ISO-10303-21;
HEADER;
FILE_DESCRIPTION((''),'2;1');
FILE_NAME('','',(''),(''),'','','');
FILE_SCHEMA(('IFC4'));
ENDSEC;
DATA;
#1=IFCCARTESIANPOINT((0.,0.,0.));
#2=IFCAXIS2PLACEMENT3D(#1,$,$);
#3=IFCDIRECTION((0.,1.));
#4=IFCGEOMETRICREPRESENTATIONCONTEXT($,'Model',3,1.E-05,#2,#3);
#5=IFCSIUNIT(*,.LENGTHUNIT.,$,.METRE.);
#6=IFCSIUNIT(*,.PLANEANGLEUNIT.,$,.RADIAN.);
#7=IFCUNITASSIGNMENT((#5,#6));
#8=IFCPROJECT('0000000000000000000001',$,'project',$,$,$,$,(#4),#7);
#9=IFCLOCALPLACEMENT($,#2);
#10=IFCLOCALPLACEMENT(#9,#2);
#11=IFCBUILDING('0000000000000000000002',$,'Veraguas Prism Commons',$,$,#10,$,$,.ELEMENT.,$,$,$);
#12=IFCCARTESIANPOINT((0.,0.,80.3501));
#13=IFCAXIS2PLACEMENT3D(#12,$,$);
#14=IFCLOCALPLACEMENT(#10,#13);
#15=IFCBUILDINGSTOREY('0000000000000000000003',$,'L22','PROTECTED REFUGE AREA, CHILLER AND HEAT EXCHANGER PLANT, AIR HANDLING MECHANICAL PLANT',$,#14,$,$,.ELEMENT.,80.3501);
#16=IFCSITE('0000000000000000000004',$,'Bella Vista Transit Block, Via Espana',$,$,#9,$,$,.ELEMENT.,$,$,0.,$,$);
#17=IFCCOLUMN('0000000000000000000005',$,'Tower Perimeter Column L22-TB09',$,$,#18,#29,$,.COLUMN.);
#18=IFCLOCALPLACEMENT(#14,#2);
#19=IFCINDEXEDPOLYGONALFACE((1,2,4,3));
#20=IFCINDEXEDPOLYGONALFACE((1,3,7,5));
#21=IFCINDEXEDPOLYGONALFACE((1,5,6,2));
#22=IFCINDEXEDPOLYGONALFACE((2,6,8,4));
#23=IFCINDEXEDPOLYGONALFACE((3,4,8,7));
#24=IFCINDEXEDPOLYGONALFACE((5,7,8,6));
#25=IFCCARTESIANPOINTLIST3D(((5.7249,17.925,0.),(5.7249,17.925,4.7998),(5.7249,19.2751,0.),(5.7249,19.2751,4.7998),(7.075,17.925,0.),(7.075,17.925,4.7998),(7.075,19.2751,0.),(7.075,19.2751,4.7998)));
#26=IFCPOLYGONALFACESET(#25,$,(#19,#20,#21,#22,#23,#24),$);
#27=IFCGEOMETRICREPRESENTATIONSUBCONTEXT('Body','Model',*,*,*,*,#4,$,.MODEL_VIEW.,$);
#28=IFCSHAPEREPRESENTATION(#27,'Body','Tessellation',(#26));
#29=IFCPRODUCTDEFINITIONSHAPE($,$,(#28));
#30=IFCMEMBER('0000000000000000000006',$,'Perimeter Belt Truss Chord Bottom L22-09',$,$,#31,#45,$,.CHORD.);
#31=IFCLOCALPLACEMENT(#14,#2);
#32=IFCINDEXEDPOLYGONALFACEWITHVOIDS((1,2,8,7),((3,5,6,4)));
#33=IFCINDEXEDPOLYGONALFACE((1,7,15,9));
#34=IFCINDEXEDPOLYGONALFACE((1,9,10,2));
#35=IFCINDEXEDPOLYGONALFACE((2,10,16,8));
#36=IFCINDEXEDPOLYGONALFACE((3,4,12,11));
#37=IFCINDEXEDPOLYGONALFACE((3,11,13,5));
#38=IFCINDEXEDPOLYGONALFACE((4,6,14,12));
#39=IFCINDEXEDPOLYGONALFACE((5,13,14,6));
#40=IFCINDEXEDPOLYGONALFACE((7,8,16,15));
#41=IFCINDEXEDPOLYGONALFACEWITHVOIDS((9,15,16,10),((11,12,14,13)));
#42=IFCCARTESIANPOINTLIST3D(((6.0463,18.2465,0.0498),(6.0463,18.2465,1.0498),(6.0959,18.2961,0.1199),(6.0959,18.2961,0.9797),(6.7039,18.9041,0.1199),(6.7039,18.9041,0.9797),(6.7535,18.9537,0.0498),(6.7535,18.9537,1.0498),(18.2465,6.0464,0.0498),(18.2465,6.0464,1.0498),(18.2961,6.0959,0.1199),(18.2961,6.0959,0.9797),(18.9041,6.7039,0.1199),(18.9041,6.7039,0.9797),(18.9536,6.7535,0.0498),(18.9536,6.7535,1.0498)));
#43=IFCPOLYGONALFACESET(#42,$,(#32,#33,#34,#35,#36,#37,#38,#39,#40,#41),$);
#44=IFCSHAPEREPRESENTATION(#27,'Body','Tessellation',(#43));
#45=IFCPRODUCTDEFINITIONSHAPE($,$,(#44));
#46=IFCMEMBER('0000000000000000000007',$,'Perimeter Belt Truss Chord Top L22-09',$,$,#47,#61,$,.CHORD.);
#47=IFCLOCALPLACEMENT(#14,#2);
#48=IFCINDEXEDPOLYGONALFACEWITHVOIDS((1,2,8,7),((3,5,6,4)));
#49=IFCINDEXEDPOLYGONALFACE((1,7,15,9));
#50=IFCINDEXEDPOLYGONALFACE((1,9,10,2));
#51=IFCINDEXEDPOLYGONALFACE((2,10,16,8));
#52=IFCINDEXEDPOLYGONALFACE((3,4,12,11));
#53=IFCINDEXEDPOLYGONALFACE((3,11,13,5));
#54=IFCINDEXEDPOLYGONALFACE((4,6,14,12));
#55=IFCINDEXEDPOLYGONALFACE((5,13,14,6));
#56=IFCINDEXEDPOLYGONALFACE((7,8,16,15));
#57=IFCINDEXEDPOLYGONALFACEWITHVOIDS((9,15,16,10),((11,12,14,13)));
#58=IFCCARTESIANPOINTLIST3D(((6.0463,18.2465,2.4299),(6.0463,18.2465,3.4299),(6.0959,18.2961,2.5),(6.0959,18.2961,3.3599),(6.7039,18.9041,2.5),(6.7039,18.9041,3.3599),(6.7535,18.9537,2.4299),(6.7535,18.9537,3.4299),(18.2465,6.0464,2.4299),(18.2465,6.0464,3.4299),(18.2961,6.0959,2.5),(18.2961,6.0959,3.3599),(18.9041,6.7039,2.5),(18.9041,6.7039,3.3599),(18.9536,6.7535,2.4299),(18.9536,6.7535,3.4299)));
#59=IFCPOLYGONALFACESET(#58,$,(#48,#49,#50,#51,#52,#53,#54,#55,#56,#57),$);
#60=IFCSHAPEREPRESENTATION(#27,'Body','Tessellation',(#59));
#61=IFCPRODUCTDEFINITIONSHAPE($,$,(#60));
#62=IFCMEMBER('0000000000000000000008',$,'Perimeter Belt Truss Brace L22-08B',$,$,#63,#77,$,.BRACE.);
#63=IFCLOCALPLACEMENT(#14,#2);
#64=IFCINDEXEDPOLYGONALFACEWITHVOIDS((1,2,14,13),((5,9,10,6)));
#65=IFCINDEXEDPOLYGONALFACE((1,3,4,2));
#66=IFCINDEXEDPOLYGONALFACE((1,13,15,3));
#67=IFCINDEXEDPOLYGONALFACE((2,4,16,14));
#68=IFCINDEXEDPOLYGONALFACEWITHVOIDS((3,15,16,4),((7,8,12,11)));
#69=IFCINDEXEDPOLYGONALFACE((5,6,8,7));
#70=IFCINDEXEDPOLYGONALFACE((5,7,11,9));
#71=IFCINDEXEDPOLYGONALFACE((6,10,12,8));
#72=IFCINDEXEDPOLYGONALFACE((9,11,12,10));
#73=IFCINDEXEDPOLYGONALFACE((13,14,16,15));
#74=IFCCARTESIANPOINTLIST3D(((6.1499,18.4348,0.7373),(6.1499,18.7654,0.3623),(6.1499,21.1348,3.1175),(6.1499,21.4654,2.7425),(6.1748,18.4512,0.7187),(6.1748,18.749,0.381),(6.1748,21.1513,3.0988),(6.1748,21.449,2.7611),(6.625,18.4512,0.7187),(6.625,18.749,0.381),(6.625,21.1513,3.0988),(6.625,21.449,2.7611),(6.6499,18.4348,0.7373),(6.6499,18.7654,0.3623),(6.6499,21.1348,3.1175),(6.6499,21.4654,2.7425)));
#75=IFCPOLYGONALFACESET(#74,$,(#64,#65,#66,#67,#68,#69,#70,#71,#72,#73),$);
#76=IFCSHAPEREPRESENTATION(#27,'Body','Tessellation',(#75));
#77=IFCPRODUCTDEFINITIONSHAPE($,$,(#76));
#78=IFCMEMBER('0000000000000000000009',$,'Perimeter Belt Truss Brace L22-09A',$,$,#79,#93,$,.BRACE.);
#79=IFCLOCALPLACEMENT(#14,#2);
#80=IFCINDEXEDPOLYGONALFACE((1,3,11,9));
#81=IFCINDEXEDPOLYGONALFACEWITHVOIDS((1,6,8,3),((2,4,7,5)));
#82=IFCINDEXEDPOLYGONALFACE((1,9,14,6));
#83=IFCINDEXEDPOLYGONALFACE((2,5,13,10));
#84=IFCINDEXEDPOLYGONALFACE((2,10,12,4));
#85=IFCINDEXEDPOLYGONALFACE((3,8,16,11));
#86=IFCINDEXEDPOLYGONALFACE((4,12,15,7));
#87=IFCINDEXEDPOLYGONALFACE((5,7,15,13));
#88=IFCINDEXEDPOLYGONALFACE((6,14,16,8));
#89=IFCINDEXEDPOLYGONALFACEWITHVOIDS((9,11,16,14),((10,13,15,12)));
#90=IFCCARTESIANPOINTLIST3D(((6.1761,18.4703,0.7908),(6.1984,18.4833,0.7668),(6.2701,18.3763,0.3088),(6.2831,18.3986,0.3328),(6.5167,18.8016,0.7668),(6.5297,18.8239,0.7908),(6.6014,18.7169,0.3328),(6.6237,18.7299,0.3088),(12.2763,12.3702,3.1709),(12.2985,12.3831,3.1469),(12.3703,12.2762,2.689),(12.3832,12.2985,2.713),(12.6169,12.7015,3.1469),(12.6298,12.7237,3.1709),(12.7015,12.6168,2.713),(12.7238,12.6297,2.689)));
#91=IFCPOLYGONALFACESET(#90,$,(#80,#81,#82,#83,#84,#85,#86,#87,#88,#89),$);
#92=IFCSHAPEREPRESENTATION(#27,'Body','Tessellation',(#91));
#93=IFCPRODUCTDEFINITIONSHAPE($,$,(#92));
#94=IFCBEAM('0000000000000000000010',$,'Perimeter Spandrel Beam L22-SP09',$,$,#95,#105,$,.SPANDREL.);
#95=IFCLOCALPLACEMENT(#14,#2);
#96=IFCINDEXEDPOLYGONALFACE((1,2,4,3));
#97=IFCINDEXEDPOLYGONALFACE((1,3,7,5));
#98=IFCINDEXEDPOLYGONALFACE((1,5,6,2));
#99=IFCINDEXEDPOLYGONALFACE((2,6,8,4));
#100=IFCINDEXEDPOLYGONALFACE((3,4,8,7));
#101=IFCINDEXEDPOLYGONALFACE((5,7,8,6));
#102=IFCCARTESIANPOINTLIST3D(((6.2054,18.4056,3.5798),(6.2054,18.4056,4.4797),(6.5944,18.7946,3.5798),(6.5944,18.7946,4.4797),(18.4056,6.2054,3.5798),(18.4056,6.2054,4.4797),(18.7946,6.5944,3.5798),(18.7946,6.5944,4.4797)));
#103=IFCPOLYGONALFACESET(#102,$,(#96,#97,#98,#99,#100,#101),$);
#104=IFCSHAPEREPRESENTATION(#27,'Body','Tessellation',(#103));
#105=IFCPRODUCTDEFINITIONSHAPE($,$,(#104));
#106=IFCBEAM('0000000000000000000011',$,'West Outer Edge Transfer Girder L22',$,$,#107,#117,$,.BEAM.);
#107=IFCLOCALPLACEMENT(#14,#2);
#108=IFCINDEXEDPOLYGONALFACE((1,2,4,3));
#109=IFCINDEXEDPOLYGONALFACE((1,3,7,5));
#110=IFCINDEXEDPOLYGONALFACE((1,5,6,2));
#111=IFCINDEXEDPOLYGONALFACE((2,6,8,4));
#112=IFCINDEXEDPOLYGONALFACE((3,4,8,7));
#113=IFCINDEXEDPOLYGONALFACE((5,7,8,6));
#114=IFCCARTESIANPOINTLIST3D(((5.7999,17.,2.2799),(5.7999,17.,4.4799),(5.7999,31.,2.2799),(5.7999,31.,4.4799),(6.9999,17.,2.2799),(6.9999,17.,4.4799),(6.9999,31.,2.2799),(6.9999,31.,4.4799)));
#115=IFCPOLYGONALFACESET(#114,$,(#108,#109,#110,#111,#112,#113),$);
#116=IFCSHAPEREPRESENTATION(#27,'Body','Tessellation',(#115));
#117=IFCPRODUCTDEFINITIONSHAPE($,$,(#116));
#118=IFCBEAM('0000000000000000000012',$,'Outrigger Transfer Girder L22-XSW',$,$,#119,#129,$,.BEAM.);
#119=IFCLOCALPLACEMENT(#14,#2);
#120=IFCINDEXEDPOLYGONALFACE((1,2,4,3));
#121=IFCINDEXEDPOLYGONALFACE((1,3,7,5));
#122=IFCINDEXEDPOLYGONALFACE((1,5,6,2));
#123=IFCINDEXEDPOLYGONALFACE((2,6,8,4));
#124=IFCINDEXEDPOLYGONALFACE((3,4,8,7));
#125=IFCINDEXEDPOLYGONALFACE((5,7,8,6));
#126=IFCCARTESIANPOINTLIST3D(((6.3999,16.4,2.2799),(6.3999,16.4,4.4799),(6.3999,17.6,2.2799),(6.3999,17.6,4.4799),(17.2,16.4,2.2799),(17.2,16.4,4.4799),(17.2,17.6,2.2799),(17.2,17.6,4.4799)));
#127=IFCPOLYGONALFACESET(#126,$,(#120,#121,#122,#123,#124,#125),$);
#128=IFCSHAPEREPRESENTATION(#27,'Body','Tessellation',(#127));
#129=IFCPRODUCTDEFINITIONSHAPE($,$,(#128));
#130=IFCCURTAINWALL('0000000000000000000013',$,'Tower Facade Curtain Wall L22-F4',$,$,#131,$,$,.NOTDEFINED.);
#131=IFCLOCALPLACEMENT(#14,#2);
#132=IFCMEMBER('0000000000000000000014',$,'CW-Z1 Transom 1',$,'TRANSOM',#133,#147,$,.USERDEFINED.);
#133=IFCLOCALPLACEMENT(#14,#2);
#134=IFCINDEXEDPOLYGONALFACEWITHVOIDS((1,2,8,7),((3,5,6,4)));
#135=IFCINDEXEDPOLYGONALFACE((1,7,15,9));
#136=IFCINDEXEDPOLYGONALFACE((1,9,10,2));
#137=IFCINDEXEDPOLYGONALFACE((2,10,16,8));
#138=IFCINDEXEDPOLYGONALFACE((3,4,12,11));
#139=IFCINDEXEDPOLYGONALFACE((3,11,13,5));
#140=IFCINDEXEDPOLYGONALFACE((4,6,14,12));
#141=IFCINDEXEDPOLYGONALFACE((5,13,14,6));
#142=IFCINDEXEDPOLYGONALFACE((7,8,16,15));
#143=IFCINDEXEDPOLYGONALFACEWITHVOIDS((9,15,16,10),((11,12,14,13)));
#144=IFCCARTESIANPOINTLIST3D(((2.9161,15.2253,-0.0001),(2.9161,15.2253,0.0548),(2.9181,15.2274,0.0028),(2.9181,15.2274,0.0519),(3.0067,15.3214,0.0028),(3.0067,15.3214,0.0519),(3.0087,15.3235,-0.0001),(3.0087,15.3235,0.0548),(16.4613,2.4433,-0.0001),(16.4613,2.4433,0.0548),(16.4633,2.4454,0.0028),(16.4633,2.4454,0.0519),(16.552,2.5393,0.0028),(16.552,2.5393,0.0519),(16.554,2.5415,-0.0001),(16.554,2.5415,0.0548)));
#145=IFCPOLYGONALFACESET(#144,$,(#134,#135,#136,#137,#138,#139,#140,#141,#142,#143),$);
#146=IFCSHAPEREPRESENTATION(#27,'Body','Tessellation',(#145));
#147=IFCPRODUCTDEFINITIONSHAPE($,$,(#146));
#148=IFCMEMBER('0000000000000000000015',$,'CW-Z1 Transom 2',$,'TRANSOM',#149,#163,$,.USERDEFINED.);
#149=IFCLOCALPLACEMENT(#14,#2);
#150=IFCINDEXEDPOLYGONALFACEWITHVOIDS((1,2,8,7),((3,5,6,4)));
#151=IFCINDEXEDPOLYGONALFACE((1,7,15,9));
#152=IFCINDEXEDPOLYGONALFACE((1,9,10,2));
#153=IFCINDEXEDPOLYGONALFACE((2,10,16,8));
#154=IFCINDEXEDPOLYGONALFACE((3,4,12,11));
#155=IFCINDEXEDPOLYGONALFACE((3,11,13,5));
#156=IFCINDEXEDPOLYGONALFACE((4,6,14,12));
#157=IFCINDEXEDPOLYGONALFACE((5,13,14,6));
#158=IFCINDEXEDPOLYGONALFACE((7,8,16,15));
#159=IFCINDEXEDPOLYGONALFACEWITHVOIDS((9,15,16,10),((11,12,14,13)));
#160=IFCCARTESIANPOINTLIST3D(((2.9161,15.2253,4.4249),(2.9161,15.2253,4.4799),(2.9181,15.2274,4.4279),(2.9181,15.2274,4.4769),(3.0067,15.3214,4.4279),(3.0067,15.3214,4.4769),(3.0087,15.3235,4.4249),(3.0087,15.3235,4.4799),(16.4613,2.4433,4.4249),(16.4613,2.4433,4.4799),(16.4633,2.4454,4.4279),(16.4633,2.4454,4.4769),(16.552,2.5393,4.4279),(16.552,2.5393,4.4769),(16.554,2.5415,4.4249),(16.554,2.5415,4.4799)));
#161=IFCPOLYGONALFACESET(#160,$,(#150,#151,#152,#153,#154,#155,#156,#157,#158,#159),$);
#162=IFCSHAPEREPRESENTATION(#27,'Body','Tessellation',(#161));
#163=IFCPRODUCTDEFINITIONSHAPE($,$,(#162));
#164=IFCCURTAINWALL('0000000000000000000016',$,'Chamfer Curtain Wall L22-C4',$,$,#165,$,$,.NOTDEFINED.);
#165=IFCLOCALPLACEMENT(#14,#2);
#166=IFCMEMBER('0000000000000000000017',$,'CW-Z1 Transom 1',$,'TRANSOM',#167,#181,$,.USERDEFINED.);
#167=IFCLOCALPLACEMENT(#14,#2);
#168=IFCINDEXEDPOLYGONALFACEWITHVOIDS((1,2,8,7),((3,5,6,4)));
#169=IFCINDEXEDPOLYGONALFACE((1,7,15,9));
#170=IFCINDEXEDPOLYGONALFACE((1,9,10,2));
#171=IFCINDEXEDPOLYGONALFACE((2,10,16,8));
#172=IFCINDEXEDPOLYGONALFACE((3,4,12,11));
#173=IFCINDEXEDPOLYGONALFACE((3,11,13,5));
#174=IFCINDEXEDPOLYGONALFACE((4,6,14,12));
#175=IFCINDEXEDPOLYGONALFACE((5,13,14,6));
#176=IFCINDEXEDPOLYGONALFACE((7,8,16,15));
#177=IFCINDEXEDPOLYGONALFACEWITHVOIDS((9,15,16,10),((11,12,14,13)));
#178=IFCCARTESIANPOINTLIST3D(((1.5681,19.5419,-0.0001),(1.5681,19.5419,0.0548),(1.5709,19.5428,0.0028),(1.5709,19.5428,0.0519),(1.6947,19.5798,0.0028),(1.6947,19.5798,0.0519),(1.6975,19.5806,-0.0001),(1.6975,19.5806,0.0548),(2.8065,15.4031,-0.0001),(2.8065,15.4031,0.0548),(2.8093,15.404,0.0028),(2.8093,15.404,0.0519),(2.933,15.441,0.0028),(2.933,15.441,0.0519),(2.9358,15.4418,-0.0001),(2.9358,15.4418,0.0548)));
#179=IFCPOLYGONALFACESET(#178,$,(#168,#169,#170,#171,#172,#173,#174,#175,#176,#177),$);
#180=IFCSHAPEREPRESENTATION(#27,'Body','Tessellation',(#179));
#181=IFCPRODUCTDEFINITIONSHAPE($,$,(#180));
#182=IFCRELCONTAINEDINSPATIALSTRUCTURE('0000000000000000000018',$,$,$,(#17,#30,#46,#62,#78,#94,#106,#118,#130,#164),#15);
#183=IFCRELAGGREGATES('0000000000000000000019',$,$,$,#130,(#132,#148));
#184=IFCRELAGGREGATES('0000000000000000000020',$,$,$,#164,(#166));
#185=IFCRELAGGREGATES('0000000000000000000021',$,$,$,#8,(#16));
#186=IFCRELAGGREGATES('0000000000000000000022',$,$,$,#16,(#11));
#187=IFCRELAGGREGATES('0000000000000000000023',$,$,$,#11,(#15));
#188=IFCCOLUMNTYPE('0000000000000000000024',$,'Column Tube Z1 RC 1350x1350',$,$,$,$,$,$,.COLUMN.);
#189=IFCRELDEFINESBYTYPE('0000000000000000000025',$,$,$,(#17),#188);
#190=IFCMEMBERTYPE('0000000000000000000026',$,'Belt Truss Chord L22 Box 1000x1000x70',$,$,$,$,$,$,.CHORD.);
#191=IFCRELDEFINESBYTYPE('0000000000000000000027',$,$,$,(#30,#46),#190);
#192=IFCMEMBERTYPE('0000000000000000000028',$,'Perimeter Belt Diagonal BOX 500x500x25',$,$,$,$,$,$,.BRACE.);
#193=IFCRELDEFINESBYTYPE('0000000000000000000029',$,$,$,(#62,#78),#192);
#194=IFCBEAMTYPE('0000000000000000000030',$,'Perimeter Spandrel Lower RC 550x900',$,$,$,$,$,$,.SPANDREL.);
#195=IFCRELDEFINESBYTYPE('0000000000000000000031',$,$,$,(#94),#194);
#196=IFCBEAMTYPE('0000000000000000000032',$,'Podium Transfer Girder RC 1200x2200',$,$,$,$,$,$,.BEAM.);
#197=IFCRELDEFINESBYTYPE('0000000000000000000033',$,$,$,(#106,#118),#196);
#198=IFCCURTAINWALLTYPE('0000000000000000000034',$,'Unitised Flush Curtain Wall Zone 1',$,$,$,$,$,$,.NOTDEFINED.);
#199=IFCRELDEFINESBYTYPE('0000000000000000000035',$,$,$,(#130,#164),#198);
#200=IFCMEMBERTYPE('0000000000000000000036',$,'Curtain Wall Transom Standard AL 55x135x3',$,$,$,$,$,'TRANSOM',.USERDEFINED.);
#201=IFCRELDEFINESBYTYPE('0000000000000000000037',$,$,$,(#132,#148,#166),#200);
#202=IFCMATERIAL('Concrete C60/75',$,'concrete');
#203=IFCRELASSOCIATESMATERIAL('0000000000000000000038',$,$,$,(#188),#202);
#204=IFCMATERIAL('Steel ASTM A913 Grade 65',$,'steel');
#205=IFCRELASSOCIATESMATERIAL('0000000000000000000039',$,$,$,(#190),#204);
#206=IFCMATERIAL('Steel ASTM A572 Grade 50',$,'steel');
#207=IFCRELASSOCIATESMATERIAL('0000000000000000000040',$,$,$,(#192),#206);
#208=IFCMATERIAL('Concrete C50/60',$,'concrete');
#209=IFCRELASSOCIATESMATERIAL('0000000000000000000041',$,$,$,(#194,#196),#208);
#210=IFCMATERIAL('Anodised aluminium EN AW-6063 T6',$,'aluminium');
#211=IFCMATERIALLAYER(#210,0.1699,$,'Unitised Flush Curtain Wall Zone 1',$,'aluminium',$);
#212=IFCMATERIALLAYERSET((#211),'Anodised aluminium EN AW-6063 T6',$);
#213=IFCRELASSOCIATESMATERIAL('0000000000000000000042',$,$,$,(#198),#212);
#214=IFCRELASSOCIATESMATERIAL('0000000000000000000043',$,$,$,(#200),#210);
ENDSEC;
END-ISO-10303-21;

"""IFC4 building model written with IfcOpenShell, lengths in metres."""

from ifc_helpers import new_model, si_unit, direction, frame, origin, origin_2d, place, context, subcontext, project, spatial, rectangle, hollow_rectangle, extrude, source, transform, mapped, material, layer, layer_set, material_profile, profile_set, type_object, element, aggregate, save


model = new_model("IFC4")

# Units and contexts
model_context = context("Model", 3, precision=1e-05, world=origin(), true_north=direction((0.0, 1.0)))
body_context = subcontext(model_context, "Body", "Model", "MODEL_VIEW")
ifc_project = project(units=[si_unit("LENGTHUNIT", "METRE"), si_unit("PLANEANGLEUNIT", "RADIAN")], contexts=[model_context])

# Site, building, storey
site_placement = place(None, origin())
site = spatial("IfcSite", under=ifc_project, at=site_placement, Name="Bella Vista Transit Block, Via Espana", CompositionType="ELEMENT", RefElevation=0.0)
building_placement = place(site_placement, origin())
building = spatial("IfcBuilding", under=site, at=building_placement, Name="Veraguas Prism Commons", CompositionType="ELEMENT")
storey_placement = place(building_placement, frame((0.0, 0.0, 80.3501)))
storey = spatial("IfcBuildingStorey", under=building, at=storey_placement, Name="L22", Description="PROTECTED REFUGE AREA, CHILLER AND HEAT EXCHANGER PLANT, AIR HANDLING MECHANICAL PLANT", CompositionType="ELEMENT", Elevation=80.3501)

# Column
ifc_material_1 = material(Name="Concrete C60/75", Category="concrete")
ifc_material_profile_1 = material_profile(ifc_material_1, rectangle(XDim=1.3501, YDim=1.3501, at=origin_2d()), Name="RC1350X1350")
ifc_profile_set_1 = profile_set([ifc_material_profile_1], Name="Concrete C60/75")
column_type = type_object("IfcColumnType", Name="Column Tube Z1 RC 1350x1350", PredefinedType="COLUMN", material=ifc_profile_set_1)
column_placement = place(storey_placement, frame((6.3999, 18.6001, 0.0), z_axis=(0.0, 0.0, 1.0), x_axis=(1.0, 0.0, 0.0)))
element("IfcColumn", 1, at=column_placement, inside=storey, type_object=column_type, Name="Tower Perimeter Column L22-TB09", PredefinedType="COLUMN", context=body_context, shape_type="SweptSolid", body=[
    extrude(rectangle(XDim=1.3501, YDim=1.3501, at=origin_2d()), origin(), (0.0, 0.0, 1.0), 4.7998),
])

# Members
ifc_material_2 = material(Name="Steel ASTM A913 Grade 65", Category="steel")
ifc_material_profile_2 = material_profile(ifc_material_2, hollow_rectangle(XDim=1.0, YDim=1.0, WallThickness=0.0701, at=origin_2d()), Name="BOX1000X1000X70")
ifc_profile_set_2 = profile_set([ifc_material_profile_2], Name="Steel ASTM A913 Grade 65")
member_type_1 = type_object("IfcMemberType", Name="Belt Truss Chord L22 Box 1000x1000x70", PredefinedType="CHORD", material=ifc_profile_set_2)
for number, where, z_axis, x_axis, name in (
    (2, (6.3999, 18.6001, 0.5498), (0.707107, -0.707107, 0.0), (0.707107, 0.707107, 0.0), "Perimeter Belt Truss Chord Bottom L22-09"),
    (3, (6.3999, 18.6001, 2.9299), (0.707107, -0.707107, 0.0), (0.707107, 0.707107, 0.0), "Perimeter Belt Truss Chord Top L22-09"),
):
    element("IfcMember", number, at=place(storey_placement, frame(where, z_axis=z_axis, x_axis=x_axis)), inside=storey, type_object=member_type_1, Name=name, PredefinedType="CHORD", context=body_context, shape_type="SweptSolid", body=[
        extrude(hollow_rectangle(XDim=1.0, YDim=1.0, WallThickness=0.0701, at=origin_2d()), origin(), (0.0, 0.0, 1.0), 17.2537),
    ])
ifc_material_3 = material(Name="Steel ASTM A572 Grade 50", Category="steel")
ifc_material_profile_3 = material_profile(ifc_material_3, hollow_rectangle(XDim=0.5, YDim=0.5, WallThickness=0.0249, at=origin_2d()), Name="BOX500X500X25")
ifc_profile_set_3 = profile_set([ifc_material_profile_3], Name="Steel ASTM A572 Grade 50")
member_type_2 = type_object("IfcMemberType", Name="Perimeter Belt Diagonal BOX 500x500x25", PredefinedType="BRACE", material=ifc_profile_set_3)
member_1_placement = place(storey_placement, frame((6.3999, 18.6001, 0.5498), z_axis=(0.0, 0.750139, 0.661281), x_axis=(-1.0, 0.0, 0.0)))
element("IfcMember", 4, at=member_1_placement, inside=storey, type_object=member_type_2, Name="Perimeter Belt Truss Brace L22-08B", PredefinedType="BRACE", context=body_context, shape_type="SweptSolid", body=[
    extrude(hollow_rectangle(XDim=0.5, YDim=0.5, WallThickness=0.0249, at=origin_2d()), origin(), (0.0, 0.0, 1.0), 3.5994),
])
member_2_placement = place(storey_placement, frame((6.3999, 18.6001, 0.5498), z_axis=(0.681639, -0.681639, 0.265961), x_axis=(0.707107, 0.707107, 0.0)))
element("IfcMember", 5, at=member_2_placement, inside=storey, type_object=member_type_2, Name="Perimeter Belt Truss Brace L22-09A", PredefinedType="BRACE", context=body_context, shape_type="SweptSolid", body=[
    extrude(hollow_rectangle(XDim=0.5, YDim=0.5, WallThickness=0.0249, at=origin_2d()), origin(), (0.0, 0.0, 1.0), 8.9492),
])

# Beams
ifc_material_4 = material(Name="Concrete C50/60", Category="concrete")
ifc_material_profile_4 = material_profile(ifc_material_4, rectangle(XDim=0.55, YDim=0.8999, at=origin_2d()), Name="RC550X900")
ifc_profile_set_4 = profile_set([ifc_material_profile_4], Name="Concrete C50/60")
beam_type_1 = type_object("IfcBeamType", Name="Perimeter Spandrel Lower RC 550x900", PredefinedType="SPANDREL", material=ifc_profile_set_4)
beam_1_placement = place(storey_placement, frame((6.3999, 18.6001, 4.0298), z_axis=(0.707107, -0.707107, 0.0), x_axis=(0.707107, 0.707107, 0.0)))
element("IfcBeam", 6, at=beam_1_placement, inside=storey, type_object=beam_type_1, Name="Perimeter Spandrel Beam L22-SP09", PredefinedType="SPANDREL", context=body_context, shape_type="SweptSolid", body=[
    extrude(rectangle(XDim=0.55, YDim=0.8999, at=origin_2d()), origin(), (0.0, 0.0, 1.0), 17.2537),
])
ifc_material_profile_5 = material_profile(ifc_material_4, rectangle(XDim=1.2, YDim=2.2, at=origin_2d()), Name="RC1200X2200")
ifc_profile_set_5 = profile_set([ifc_material_profile_5], Name="Concrete C50/60")
beam_type_2 = type_object("IfcBeamType", Name="Podium Transfer Girder RC 1200x2200", PredefinedType="BEAM", material=ifc_profile_set_5)
beam_2_placement = place(storey_placement, frame((6.3999, 17.0, 3.3799), z_axis=(0.0, 1.0, 0.0), x_axis=(-1.0, 0.0, 0.0)))
element("IfcBeam", 7, at=beam_2_placement, inside=storey, type_object=beam_type_2, Name="West Outer Edge Transfer Girder L22", PredefinedType="BEAM", context=body_context, shape_type="SweptSolid", body=[
    extrude(rectangle(XDim=1.2, YDim=2.2, at=origin_2d()), origin(), (0.0, 0.0, 1.0), 14.0),
])
beam_3_placement = place(storey_placement, frame((6.3999, 17.0, 3.3799), z_axis=(1.0, 0.0, 0.0), x_axis=(0.0, 1.0, 0.0)))
element("IfcBeam", 8, at=beam_3_placement, inside=storey, type_object=beam_type_2, Name="Outrigger Transfer Girder L22-XSW", PredefinedType="BEAM", context=body_context, shape_type="SweptSolid", body=[
    extrude(rectangle(XDim=1.2, YDim=2.2, at=origin_2d()), origin(), (0.0, 0.0, 1.0), 10.8),
])

# Curtain walls, members
ifc_material_5 = material(Name="Anodised aluminium EN AW-6063 T6", Category="aluminium")
ifc_layer_1 = layer(ifc_material_5, 0.1699, Name="Unitised Flush Curtain Wall Zone 1", Category="aluminium")
ifc_layer_set_1 = layer_set([ifc_layer_1], Name="Anodised aluminium EN AW-6063 T6")
curtain_wall_type = type_object("IfcCurtainWallType", Name="Unitised Flush Curtain Wall Zone 1", PredefinedType="NOTDEFINED", material=ifc_layer_set_1)
curtain_wall_1_placement = place(storey_placement, origin())
curtain_wall_1 = element("IfcCurtainWall", 9, at=curtain_wall_1_placement, inside=storey, type_object=curtain_wall_type, Name="Tower Facade Curtain Wall L22-F4", PredefinedType="NOTDEFINED")
ifc_material_profile_6 = material_profile(ifc_material_5, hollow_rectangle(XDim=0.0549, YDim=0.135, WallThickness=0.0029, at=origin_2d()), Name="AL55X135X3")
ifc_profile_set_6 = profile_set([ifc_material_profile_6], Name="Anodised aluminium EN AW-6063 T6")
member_type_3 = type_object("IfcMemberType", Name="Curtain Wall Transom Standard AL 55x135x3", ElementType="TRANSOM", PredefinedType="USERDEFINED", material=ifc_profile_set_6)
shared_shape_1 = source(origin(), body_context, "Body", "SweptSolid", [
    extrude(hollow_rectangle(XDim=0.0549, YDim=0.135, WallThickness=0.0029, at=origin_2d()), origin(), (0.0, 0.0, 1.0), 18.624),
])
member_3_placement = place(storey_placement, frame((2.9624, 15.2744, 0.0273), z_axis=(0.727299, -0.686321, 0.0), x_axis=(0.0, 0.0, 1.0)))
member_3 = element("IfcMember", 10, at=member_3_placement, type_object=member_type_3, Name="CW-Z1 Transom 1", ObjectType="TRANSOM", PredefinedType="USERDEFINED", context=body_context, shape_type="MappedRepresentation", body=[
    mapped(shared_shape_1, transform((0.0, 0.0, 0.0), scale=1.0)),
])
member_4_placement = place(storey_placement, frame((2.9624, 15.2744, 4.4524), z_axis=(0.727299, -0.686321, 0.0), x_axis=(0.0, 0.0, 1.0)))
member_4 = element("IfcMember", 11, at=member_4_placement, type_object=member_type_3, Name="CW-Z1 Transom 2", ObjectType="TRANSOM", PredefinedType="USERDEFINED", context=body_context, shape_type="MappedRepresentation", body=[
    mapped(shared_shape_1, transform((0.0, 0.0, 0.0), scale=1.0)),
])
curtain_wall_2_placement = place(storey_placement, origin())
curtain_wall_2 = element("IfcCurtainWall", 12, at=curtain_wall_2_placement, inside=storey, type_object=curtain_wall_type, Name="Chamfer Curtain Wall L22-C4", PredefinedType="NOTDEFINED")
shared_shape_2 = source(origin(), body_context, "Body", "SweptSolid", [
    extrude(hollow_rectangle(XDim=0.0549, YDim=0.135, WallThickness=0.0029, at=origin_2d()), origin(), (0.0, 0.0, 1.0), 4.3201),
])
member_5_placement = place(storey_placement, frame((1.6328, 19.5613, 0.0273), z_axis=(0.286643, -0.958038, 0.0), x_axis=(0.0, 0.0, 1.0)))
member_5 = element("IfcMember", 13, at=member_5_placement, type_object=member_type_3, Name="CW-Z1 Transom 1", ObjectType="TRANSOM", PredefinedType="USERDEFINED", context=body_context, shape_type="MappedRepresentation", body=[
    mapped(shared_shape_2, transform((0.0, 0.0, 0.0), scale=1.0)),
])

aggregate(curtain_wall_1, [member_3, member_4])

aggregate(curtain_wall_2, [member_5])

save(model, "model.ifc")
